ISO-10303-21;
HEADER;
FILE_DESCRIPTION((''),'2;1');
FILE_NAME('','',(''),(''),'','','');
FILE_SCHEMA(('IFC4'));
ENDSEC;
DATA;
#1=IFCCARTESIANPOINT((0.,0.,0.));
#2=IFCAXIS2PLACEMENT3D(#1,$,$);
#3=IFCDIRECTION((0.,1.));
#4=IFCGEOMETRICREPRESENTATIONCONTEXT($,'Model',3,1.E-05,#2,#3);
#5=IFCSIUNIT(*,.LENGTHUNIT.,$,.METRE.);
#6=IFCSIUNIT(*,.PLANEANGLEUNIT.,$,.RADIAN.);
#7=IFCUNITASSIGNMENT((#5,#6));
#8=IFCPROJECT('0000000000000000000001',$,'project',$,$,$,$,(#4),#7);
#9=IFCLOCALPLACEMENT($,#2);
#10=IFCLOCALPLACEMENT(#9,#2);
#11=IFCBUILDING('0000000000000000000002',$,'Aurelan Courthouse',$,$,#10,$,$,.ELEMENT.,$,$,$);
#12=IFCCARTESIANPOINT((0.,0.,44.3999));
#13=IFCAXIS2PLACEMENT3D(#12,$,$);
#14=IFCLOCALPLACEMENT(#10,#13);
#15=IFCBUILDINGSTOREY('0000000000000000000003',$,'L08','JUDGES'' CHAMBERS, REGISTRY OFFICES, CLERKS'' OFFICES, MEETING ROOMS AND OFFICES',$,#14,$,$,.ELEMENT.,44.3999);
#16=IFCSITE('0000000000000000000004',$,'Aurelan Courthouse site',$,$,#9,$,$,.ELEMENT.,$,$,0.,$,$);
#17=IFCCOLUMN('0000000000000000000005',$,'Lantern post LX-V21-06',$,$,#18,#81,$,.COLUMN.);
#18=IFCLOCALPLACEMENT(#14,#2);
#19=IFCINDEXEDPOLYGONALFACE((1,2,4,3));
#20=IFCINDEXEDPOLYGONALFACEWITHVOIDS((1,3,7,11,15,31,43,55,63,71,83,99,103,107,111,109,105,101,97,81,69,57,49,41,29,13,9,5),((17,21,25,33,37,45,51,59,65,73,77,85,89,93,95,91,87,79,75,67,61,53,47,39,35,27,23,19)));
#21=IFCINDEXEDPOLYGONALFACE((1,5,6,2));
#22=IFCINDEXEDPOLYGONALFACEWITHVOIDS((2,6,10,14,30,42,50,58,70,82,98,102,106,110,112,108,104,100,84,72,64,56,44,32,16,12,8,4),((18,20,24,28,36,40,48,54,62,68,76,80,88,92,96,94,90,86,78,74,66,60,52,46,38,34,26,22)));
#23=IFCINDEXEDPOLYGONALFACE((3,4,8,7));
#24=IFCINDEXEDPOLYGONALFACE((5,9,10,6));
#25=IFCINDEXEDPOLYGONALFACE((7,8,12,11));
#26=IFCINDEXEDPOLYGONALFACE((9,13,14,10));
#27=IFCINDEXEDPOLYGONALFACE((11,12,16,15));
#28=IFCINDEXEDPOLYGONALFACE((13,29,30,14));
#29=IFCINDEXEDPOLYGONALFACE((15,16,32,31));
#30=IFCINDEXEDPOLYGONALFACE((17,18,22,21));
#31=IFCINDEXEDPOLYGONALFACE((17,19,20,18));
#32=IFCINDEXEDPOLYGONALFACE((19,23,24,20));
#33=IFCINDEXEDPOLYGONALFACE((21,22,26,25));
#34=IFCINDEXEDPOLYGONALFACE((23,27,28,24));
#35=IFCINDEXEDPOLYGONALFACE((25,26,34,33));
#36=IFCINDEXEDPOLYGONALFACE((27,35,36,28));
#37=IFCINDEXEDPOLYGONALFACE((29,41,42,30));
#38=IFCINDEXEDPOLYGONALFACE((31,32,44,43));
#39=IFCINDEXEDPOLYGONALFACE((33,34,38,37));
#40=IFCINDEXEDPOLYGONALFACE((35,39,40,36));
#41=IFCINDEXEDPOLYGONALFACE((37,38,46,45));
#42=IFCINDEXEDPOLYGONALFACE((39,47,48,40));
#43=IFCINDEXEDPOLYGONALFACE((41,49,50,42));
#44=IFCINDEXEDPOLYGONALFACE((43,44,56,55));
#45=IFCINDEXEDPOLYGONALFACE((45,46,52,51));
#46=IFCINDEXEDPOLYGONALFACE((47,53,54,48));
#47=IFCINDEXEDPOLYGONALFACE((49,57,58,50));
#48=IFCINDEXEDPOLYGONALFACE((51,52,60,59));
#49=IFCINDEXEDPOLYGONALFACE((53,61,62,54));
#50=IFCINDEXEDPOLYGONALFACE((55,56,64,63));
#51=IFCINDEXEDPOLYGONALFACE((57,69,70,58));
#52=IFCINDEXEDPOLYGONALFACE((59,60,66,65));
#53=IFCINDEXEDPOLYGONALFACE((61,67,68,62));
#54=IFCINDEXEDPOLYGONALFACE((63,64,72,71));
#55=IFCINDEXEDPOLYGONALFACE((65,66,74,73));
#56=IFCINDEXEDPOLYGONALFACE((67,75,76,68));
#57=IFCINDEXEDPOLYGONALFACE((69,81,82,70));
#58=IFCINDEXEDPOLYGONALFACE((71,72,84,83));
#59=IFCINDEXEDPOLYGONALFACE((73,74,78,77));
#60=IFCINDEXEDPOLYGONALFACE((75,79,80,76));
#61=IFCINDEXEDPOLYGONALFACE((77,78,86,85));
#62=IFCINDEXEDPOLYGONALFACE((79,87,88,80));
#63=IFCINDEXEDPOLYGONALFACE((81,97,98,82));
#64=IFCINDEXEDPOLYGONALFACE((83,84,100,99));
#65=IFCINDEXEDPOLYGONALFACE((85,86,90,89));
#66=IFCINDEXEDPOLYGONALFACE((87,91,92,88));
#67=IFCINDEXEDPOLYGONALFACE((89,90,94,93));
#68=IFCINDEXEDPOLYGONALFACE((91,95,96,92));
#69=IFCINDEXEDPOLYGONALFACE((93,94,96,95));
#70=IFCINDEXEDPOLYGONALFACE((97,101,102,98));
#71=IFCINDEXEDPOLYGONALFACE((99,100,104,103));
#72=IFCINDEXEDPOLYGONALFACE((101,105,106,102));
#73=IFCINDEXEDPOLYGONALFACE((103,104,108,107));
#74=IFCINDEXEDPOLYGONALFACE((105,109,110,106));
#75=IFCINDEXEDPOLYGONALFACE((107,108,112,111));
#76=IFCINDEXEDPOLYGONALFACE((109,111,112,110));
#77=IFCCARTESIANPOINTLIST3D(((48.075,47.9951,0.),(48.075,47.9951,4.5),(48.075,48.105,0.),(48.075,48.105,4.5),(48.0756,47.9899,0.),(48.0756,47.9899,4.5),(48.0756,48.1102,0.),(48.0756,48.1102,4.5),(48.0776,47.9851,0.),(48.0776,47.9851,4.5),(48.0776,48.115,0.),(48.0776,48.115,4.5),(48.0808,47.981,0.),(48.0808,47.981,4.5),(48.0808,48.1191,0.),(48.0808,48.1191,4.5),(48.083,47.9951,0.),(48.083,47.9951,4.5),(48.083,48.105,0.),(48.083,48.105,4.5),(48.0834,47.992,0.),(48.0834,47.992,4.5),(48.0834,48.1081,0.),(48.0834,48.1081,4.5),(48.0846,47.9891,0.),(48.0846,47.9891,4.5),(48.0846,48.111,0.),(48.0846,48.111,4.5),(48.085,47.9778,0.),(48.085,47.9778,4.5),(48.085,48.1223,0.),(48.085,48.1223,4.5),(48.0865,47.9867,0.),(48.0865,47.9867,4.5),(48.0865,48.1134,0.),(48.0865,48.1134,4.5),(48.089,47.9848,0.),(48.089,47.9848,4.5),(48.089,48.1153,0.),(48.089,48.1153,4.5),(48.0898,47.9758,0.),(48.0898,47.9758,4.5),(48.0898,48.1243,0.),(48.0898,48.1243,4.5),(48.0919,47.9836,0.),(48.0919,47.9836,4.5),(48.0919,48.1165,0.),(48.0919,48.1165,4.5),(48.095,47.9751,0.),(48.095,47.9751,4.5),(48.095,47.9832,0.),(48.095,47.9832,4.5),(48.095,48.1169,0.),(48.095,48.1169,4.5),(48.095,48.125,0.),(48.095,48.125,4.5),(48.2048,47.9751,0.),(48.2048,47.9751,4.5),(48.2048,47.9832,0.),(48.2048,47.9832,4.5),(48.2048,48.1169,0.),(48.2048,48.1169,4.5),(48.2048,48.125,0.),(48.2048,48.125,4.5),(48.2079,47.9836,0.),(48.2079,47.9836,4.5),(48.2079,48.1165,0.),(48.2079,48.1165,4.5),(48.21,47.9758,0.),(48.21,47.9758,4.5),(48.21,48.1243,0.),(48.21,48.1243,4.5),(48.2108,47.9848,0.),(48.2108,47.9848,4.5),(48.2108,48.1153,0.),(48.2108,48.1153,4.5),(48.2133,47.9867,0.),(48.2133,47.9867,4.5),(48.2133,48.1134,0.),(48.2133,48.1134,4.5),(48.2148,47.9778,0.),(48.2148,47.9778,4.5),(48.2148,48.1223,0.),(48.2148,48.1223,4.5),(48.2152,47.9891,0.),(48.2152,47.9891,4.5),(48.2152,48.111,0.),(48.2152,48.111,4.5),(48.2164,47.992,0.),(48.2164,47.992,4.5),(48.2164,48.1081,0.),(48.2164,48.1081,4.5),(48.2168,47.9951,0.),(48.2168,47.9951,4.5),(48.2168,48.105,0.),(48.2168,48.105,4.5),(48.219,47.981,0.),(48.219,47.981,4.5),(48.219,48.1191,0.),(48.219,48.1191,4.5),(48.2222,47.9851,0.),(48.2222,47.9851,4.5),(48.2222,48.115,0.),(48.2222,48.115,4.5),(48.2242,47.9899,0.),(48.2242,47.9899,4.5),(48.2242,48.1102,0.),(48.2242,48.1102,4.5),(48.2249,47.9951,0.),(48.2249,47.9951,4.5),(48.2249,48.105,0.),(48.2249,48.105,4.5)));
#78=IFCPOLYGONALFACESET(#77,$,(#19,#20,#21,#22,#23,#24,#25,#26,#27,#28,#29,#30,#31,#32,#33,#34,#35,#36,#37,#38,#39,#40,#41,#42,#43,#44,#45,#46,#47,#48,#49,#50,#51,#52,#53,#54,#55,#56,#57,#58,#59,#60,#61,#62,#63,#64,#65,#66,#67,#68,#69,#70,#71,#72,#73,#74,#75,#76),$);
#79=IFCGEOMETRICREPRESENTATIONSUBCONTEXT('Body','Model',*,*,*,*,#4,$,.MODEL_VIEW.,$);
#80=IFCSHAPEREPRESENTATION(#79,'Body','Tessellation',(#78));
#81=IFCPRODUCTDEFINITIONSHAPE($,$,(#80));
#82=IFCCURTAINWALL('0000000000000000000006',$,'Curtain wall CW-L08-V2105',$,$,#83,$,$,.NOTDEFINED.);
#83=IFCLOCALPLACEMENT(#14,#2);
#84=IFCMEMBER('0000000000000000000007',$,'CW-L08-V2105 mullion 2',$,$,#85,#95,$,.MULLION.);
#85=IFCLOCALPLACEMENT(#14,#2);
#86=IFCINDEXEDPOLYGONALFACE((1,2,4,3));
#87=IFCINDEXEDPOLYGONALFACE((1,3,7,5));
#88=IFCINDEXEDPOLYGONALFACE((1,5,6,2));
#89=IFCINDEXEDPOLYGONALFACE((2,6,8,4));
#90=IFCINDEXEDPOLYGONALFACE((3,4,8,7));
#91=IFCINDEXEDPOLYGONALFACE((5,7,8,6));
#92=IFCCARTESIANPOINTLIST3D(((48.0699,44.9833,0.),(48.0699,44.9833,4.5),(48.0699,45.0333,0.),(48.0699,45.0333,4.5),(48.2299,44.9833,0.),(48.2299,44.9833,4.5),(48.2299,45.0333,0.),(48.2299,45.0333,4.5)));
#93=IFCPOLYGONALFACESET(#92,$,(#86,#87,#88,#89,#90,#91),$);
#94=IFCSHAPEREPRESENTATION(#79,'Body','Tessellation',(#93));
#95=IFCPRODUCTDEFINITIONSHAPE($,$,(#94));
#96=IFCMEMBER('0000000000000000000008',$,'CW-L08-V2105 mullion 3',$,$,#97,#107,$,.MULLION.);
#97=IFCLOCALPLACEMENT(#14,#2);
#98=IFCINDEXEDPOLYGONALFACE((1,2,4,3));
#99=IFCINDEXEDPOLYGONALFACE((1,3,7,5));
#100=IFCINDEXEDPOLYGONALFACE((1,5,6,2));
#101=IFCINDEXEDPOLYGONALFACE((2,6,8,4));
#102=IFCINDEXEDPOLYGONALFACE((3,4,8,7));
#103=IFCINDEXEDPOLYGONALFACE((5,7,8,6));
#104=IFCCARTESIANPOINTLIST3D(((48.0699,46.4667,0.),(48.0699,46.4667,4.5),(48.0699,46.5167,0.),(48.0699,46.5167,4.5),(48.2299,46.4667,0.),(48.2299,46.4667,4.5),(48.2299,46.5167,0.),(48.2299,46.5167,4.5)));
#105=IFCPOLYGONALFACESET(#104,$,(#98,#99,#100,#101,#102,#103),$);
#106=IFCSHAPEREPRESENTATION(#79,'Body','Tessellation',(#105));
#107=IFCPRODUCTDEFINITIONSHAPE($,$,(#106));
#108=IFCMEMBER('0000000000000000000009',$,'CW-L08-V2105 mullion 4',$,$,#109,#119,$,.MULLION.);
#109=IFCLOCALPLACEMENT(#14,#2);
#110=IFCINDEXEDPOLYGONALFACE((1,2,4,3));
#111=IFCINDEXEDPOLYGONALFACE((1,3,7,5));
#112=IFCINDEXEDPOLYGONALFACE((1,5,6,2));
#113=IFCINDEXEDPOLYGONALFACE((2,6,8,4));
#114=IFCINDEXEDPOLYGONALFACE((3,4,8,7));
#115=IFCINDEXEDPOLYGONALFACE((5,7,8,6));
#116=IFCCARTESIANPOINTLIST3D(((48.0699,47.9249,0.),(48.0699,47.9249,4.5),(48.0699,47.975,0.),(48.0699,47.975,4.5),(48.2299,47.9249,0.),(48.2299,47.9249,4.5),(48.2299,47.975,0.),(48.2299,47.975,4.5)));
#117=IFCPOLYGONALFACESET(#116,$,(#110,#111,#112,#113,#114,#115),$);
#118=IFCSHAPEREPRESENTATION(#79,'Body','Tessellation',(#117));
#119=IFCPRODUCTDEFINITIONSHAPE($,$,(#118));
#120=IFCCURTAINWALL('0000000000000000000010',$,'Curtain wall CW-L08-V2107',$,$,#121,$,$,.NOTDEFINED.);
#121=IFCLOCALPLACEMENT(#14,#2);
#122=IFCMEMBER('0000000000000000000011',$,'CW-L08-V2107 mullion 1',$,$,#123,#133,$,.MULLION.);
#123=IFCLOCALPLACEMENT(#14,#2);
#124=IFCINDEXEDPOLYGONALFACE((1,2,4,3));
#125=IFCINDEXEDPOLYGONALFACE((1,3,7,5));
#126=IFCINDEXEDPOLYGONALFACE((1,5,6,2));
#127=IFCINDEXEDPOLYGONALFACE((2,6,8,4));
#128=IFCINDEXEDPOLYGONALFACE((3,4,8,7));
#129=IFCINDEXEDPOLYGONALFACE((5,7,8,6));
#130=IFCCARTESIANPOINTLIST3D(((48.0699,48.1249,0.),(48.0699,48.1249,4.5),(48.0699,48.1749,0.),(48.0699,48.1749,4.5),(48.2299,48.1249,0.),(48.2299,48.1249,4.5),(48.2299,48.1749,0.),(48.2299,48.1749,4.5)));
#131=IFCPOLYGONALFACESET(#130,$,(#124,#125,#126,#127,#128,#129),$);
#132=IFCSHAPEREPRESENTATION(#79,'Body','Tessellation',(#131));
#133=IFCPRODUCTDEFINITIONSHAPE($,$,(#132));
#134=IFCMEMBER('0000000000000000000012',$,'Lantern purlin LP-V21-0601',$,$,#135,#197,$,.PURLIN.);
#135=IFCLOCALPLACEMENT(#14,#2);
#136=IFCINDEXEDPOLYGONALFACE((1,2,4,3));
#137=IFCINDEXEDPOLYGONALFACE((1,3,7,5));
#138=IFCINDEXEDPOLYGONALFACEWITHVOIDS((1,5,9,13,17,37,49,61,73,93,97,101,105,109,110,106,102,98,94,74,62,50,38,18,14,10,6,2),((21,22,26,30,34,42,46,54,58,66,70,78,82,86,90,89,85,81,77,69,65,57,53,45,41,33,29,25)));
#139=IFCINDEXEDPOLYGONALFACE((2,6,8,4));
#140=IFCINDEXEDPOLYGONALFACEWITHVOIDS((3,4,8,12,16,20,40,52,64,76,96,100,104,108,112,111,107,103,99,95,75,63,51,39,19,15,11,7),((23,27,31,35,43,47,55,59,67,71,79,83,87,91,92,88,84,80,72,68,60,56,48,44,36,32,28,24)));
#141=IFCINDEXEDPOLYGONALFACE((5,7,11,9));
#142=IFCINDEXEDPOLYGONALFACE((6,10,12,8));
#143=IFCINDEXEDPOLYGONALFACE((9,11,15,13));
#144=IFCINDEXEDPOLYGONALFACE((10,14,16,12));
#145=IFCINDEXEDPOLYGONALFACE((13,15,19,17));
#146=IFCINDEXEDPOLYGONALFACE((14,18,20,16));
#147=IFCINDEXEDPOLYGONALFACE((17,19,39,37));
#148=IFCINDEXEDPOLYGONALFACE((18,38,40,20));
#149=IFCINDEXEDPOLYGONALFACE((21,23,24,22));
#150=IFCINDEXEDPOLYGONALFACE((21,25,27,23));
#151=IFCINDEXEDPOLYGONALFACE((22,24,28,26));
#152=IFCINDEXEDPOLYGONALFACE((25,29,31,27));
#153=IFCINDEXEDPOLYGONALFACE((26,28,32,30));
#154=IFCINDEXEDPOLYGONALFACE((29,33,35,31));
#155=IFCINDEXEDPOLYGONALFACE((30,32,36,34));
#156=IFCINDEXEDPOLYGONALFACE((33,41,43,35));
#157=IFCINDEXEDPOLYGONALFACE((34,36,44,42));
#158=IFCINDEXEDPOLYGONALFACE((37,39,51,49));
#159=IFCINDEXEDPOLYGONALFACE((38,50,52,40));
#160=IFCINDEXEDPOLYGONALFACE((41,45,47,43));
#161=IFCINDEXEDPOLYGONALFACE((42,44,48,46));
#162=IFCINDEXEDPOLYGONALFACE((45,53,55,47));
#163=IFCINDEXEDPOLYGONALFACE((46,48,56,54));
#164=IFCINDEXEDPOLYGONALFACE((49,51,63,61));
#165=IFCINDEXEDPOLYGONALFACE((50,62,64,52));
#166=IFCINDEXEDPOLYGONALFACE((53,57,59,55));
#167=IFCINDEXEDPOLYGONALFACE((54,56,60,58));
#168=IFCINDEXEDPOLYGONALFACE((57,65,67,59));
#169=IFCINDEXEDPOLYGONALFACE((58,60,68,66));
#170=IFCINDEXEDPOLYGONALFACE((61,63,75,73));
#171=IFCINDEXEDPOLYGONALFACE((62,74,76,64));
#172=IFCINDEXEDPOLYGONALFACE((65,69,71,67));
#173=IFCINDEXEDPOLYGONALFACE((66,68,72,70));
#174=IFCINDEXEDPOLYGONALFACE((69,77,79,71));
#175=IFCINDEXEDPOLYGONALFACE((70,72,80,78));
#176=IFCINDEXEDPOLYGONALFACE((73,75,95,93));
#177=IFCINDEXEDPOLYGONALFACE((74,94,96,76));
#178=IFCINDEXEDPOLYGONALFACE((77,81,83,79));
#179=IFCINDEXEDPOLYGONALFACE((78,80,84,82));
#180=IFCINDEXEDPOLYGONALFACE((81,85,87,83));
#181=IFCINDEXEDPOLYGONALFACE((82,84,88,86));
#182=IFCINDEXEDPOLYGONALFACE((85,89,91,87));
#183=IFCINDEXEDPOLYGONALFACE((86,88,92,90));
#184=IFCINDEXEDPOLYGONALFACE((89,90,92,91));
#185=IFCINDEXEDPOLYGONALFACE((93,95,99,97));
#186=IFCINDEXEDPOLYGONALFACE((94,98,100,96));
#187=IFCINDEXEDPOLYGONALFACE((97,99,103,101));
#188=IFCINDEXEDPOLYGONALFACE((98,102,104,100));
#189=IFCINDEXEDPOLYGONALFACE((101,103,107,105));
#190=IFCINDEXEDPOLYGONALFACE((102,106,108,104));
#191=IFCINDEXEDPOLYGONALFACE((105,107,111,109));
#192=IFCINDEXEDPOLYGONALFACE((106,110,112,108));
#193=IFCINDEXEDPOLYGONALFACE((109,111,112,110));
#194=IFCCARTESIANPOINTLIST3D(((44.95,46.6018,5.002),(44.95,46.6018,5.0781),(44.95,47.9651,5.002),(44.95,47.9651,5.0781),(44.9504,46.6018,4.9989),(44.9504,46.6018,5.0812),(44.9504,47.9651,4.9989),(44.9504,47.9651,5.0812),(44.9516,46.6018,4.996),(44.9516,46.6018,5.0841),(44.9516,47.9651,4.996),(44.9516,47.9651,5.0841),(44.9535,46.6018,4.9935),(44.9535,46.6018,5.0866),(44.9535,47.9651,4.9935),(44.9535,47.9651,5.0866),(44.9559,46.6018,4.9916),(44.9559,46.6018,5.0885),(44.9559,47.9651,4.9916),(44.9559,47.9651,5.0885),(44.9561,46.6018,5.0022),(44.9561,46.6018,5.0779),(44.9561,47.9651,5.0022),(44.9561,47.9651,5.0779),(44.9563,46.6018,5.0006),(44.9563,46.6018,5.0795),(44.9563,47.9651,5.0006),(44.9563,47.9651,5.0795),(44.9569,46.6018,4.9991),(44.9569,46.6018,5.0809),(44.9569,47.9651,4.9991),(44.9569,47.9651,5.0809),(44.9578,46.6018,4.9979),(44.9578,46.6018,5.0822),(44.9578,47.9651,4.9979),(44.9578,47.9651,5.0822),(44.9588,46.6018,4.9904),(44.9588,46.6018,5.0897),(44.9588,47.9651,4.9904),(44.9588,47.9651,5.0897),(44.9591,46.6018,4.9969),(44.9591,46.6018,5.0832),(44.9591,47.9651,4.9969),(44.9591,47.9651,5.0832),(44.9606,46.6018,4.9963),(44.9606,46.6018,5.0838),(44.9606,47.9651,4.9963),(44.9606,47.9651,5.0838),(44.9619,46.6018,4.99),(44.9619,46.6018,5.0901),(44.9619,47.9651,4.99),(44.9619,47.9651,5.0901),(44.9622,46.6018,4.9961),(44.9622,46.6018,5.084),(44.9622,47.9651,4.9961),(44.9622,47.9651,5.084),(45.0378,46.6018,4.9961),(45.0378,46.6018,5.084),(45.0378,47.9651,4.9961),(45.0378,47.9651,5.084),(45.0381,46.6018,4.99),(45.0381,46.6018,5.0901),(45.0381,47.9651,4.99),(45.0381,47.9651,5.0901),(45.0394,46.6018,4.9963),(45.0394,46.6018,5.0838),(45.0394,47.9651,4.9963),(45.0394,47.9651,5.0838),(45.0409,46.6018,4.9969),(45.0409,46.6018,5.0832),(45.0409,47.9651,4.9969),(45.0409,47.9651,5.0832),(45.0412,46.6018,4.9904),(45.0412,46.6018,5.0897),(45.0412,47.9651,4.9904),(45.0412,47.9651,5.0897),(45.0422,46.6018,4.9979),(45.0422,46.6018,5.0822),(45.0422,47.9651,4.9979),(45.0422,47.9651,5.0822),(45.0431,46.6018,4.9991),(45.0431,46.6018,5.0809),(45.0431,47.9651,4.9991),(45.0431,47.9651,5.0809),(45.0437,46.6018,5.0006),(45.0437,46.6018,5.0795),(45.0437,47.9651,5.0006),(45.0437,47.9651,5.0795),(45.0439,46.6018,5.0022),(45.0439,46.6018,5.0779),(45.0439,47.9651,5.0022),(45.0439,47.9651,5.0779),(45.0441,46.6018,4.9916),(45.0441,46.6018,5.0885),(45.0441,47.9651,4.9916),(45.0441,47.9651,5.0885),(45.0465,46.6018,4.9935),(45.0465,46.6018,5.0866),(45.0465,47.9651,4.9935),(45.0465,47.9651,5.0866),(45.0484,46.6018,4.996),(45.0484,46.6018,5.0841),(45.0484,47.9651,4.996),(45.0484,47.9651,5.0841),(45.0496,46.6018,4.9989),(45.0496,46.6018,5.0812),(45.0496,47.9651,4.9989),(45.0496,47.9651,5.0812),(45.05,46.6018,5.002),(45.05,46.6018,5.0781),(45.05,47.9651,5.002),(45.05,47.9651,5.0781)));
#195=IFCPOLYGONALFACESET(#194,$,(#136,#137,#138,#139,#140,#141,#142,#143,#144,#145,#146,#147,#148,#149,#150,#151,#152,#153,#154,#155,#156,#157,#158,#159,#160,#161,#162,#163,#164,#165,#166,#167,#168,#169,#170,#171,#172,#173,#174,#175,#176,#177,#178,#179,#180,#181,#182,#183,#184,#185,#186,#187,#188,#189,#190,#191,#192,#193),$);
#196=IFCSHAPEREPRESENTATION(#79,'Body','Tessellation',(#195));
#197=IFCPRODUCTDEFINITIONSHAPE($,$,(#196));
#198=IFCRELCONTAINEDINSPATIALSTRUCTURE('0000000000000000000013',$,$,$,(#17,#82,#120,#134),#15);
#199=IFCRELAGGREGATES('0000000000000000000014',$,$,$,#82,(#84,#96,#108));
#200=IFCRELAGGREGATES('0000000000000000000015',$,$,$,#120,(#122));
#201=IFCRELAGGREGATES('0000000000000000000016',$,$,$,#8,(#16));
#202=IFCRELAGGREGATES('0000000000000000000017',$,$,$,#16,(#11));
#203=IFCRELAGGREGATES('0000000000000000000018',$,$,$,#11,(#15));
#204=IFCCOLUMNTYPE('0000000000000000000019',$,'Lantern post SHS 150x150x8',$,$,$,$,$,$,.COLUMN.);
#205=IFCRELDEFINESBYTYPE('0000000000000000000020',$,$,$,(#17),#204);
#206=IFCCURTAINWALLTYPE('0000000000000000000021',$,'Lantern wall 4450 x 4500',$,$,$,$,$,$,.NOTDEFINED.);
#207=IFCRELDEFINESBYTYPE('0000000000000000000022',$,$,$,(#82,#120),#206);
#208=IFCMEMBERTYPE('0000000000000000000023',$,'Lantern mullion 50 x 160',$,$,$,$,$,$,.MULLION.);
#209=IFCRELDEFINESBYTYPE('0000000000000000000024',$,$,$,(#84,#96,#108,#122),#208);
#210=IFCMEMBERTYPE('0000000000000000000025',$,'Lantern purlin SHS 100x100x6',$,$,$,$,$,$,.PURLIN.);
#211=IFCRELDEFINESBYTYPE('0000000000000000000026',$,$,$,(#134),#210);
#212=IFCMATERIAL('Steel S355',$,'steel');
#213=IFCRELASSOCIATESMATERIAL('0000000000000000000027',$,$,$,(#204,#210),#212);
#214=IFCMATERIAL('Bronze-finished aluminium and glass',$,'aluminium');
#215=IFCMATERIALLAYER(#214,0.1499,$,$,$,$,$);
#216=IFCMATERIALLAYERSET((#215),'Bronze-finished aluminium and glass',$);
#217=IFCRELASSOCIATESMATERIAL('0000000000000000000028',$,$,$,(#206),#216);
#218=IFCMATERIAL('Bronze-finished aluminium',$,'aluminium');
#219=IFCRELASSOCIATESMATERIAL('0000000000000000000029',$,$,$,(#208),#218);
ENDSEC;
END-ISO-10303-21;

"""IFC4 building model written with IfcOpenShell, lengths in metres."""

from ifc_helpers import new_model, si_unit, direction, frame, origin, origin_2d, place, context, subcontext, project, spatial, rectangle, hollow_rectangle, extrude, material, layer, layer_set, material_profile, profile_set, type_object, element, aggregate, save


model = new_model("IFC4")

# Units and contexts
model_context = context("Model", 3, precision=1e-05, world=origin(), true_north=direction((0.0, 1.0)))
body_context = subcontext(model_context, "Body", "Model", "MODEL_VIEW")
ifc_project = project(units=[si_unit("LENGTHUNIT", "METRE"), si_unit("PLANEANGLEUNIT", "RADIAN")], contexts=[model_context])

# Site, building, storey
site_placement = place(None, origin())
site = spatial("IfcSite", under=ifc_project, at=site_placement, Name="Aurelan Courthouse site", CompositionType="ELEMENT", RefElevation=0.0)
building_placement = place(site_placement, origin())
building = spatial("IfcBuilding", under=site, at=building_placement, Name="Aurelan Courthouse", CompositionType="ELEMENT")
storey_placement = place(building_placement, frame((0.0, 0.0, 44.3999)))
storey = spatial("IfcBuildingStorey", under=building, at=storey_placement, Name="L08", Description="JUDGES' CHAMBERS, REGISTRY OFFICES, CLERKS' OFFICES, MEETING ROOMS AND OFFICES", CompositionType="ELEMENT", Elevation=44.3999)

# Column
ifc_material_1 = material(Name="Steel S355", Category="steel")
ifc_material_profile_1 = material_profile(ifc_material_1, hollow_rectangle(XDim=0.1499, YDim=0.1499, WallThickness=0.0081, InnerFilletRadius=0.012, OuterFilletRadius=0.02, at=origin_2d()), Name="SHS 150x150x8")
ifc_profile_set_1 = profile_set([ifc_material_profile_1], Name="Steel S355")
column_type = type_object("IfcColumnType", Name="Lantern post SHS 150x150x8", PredefinedType="COLUMN", material=ifc_profile_set_1)
column_placement = place(storey_placement, frame((48.1499, 48.05, 0.0), z_axis=(0.0, 0.0, 1.0), x_axis=(1.0, 0.0, 0.0)))
element("IfcColumn", 1, at=column_placement, inside=storey, type_object=column_type, Name="Lantern post LX-V21-06", PredefinedType="COLUMN", context=body_context, shape_type="SweptSolid", body=[
    extrude(hollow_rectangle(XDim=0.1499, YDim=0.1499, WallThickness=0.0081, InnerFilletRadius=0.012, OuterFilletRadius=0.02, at=origin_2d()), origin(), (0.0, 0.0, 1.0), 4.5),
])

# Curtain wall, members
ifc_material_2 = material(Name="Bronze-finished aluminium and glass", Category="aluminium")
ifc_layer_1 = layer(ifc_material_2, 0.1499)
ifc_layer_set_1 = layer_set([ifc_layer_1], Name="Bronze-finished aluminium and glass")
curtain_wall_type = type_object("IfcCurtainWallType", Name="Lantern wall 4450 x 4500", PredefinedType="NOTDEFINED", material=ifc_layer_set_1)
curtain_wall_1_placement = place(storey_placement, origin())
curtain_wall_1 = element("IfcCurtainWall", 2, at=curtain_wall_1_placement, inside=storey, type_object=curtain_wall_type, Name="Curtain wall CW-L08-V2105", PredefinedType="NOTDEFINED")
ifc_material_3 = material(Name="Bronze-finished aluminium", Category="aluminium")
ifc_material_profile_2 = material_profile(ifc_material_3, rectangle(XDim=0.1599, YDim=0.05, at=origin_2d()), Name="Lantern mullion 50 x 160")
ifc_profile_set_2 = profile_set([ifc_material_profile_2], Name="Bronze-finished aluminium")
member_type_1 = type_object("IfcMemberType", Name="Lantern mullion 50 x 160", PredefinedType="MULLION", material=ifc_profile_set_2)
member_1_placement = place(storey_placement, frame((48.1499, 45.0083, 0.0), z_axis=(0.0, 0.0, 1.0), x_axis=(-1.0, 0.0, 0.0)))
member_1 = element("IfcMember", 3, at=member_1_placement, type_object=member_type_1, Name="CW-L08-V2105 mullion 2", PredefinedType="MULLION", context=body_context, shape_type="SweptSolid", body=[
    extrude(rectangle(XDim=0.1599, YDim=0.05, at=origin_2d()), origin(), (0.0, 0.0, 1.0), 4.5),
])
member_2_placement = place(storey_placement, frame((48.1499, 46.4917, 0.0), z_axis=(0.0, 0.0, 1.0), x_axis=(-1.0, 0.0, 0.0)))
member_2 = element("IfcMember", 4, at=member_2_placement, type_object=member_type_1, Name="CW-L08-V2105 mullion 3", PredefinedType="MULLION", context=body_context, shape_type="SweptSolid", body=[
    extrude(rectangle(XDim=0.1599, YDim=0.05, at=origin_2d()), origin(), (0.0, 0.0, 1.0), 4.5),
])
member_3_placement = place(storey_placement, frame((48.1499, 47.95, 0.0), z_axis=(0.0, 0.0, 1.0), x_axis=(-1.0, 0.0, 0.0)))
member_3 = element("IfcMember", 5, at=member_3_placement, type_object=member_type_1, Name="CW-L08-V2105 mullion 4", PredefinedType="MULLION", context=body_context, shape_type="SweptSolid", body=[
    extrude(rectangle(XDim=0.1599, YDim=0.05, at=origin_2d()), origin(), (0.0, 0.0, 1.0), 4.5),
])

# Curtain wall, member
curtain_wall_2_placement = place(storey_placement, origin())
curtain_wall_2 = element("IfcCurtainWall", 6, at=curtain_wall_2_placement, inside=storey, type_object=curtain_wall_type, Name="Curtain wall CW-L08-V2107", PredefinedType="NOTDEFINED")
member_4_placement = place(storey_placement, frame((48.1499, 48.1499, 0.0), z_axis=(0.0, 0.0, 1.0), x_axis=(-1.0, 0.0, 0.0)))
member_4 = element("IfcMember", 7, at=member_4_placement, type_object=member_type_1, Name="CW-L08-V2107 mullion 1", PredefinedType="MULLION", context=body_context, shape_type="SweptSolid", body=[
    extrude(rectangle(XDim=0.1599, YDim=0.05, at=origin_2d()), origin(), (0.0, 0.0, 1.0), 4.5),
])

# Member
ifc_material_profile_3 = material_profile(ifc_material_1, hollow_rectangle(XDim=0.1001, YDim=0.1001, WallThickness=0.0061, InnerFilletRadius=0.0061, OuterFilletRadius=0.012, at=origin_2d()), Name="SHS 100x100x6")
ifc_profile_set_3 = profile_set([ifc_material_profile_3], Name="Steel S355")
member_type_2 = type_object("IfcMemberType", Name="Lantern purlin SHS 100x100x6", PredefinedType="PURLIN", material=ifc_profile_set_3)
for number, where, z_axis, x_axis, name in (
    (8, (45.0, 46.6018, 5.04), (0.0, 1.0, 0.0), (-1.0, 0.0, 0.0), "Lantern purlin LP-V21-0601"),
):
    element("IfcMember", number, at=place(storey_placement, frame(where, z_axis=z_axis, x_axis=x_axis)), inside=storey, type_object=member_type_2, Name=name, PredefinedType="PURLIN", context=body_context, shape_type="SweptSolid", body=[
        extrude(hollow_rectangle(XDim=0.1001, YDim=0.1001, WallThickness=0.0061, InnerFilletRadius=0.0061, OuterFilletRadius=0.012, at=origin_2d()), origin(), (0.0, 0.0, 1.0), 1.3633),
    ])

aggregate(curtain_wall_1, [member_1, member_2, member_3])
aggregate(curtain_wall_2, [member_4])

save(model, "model.ifc")
